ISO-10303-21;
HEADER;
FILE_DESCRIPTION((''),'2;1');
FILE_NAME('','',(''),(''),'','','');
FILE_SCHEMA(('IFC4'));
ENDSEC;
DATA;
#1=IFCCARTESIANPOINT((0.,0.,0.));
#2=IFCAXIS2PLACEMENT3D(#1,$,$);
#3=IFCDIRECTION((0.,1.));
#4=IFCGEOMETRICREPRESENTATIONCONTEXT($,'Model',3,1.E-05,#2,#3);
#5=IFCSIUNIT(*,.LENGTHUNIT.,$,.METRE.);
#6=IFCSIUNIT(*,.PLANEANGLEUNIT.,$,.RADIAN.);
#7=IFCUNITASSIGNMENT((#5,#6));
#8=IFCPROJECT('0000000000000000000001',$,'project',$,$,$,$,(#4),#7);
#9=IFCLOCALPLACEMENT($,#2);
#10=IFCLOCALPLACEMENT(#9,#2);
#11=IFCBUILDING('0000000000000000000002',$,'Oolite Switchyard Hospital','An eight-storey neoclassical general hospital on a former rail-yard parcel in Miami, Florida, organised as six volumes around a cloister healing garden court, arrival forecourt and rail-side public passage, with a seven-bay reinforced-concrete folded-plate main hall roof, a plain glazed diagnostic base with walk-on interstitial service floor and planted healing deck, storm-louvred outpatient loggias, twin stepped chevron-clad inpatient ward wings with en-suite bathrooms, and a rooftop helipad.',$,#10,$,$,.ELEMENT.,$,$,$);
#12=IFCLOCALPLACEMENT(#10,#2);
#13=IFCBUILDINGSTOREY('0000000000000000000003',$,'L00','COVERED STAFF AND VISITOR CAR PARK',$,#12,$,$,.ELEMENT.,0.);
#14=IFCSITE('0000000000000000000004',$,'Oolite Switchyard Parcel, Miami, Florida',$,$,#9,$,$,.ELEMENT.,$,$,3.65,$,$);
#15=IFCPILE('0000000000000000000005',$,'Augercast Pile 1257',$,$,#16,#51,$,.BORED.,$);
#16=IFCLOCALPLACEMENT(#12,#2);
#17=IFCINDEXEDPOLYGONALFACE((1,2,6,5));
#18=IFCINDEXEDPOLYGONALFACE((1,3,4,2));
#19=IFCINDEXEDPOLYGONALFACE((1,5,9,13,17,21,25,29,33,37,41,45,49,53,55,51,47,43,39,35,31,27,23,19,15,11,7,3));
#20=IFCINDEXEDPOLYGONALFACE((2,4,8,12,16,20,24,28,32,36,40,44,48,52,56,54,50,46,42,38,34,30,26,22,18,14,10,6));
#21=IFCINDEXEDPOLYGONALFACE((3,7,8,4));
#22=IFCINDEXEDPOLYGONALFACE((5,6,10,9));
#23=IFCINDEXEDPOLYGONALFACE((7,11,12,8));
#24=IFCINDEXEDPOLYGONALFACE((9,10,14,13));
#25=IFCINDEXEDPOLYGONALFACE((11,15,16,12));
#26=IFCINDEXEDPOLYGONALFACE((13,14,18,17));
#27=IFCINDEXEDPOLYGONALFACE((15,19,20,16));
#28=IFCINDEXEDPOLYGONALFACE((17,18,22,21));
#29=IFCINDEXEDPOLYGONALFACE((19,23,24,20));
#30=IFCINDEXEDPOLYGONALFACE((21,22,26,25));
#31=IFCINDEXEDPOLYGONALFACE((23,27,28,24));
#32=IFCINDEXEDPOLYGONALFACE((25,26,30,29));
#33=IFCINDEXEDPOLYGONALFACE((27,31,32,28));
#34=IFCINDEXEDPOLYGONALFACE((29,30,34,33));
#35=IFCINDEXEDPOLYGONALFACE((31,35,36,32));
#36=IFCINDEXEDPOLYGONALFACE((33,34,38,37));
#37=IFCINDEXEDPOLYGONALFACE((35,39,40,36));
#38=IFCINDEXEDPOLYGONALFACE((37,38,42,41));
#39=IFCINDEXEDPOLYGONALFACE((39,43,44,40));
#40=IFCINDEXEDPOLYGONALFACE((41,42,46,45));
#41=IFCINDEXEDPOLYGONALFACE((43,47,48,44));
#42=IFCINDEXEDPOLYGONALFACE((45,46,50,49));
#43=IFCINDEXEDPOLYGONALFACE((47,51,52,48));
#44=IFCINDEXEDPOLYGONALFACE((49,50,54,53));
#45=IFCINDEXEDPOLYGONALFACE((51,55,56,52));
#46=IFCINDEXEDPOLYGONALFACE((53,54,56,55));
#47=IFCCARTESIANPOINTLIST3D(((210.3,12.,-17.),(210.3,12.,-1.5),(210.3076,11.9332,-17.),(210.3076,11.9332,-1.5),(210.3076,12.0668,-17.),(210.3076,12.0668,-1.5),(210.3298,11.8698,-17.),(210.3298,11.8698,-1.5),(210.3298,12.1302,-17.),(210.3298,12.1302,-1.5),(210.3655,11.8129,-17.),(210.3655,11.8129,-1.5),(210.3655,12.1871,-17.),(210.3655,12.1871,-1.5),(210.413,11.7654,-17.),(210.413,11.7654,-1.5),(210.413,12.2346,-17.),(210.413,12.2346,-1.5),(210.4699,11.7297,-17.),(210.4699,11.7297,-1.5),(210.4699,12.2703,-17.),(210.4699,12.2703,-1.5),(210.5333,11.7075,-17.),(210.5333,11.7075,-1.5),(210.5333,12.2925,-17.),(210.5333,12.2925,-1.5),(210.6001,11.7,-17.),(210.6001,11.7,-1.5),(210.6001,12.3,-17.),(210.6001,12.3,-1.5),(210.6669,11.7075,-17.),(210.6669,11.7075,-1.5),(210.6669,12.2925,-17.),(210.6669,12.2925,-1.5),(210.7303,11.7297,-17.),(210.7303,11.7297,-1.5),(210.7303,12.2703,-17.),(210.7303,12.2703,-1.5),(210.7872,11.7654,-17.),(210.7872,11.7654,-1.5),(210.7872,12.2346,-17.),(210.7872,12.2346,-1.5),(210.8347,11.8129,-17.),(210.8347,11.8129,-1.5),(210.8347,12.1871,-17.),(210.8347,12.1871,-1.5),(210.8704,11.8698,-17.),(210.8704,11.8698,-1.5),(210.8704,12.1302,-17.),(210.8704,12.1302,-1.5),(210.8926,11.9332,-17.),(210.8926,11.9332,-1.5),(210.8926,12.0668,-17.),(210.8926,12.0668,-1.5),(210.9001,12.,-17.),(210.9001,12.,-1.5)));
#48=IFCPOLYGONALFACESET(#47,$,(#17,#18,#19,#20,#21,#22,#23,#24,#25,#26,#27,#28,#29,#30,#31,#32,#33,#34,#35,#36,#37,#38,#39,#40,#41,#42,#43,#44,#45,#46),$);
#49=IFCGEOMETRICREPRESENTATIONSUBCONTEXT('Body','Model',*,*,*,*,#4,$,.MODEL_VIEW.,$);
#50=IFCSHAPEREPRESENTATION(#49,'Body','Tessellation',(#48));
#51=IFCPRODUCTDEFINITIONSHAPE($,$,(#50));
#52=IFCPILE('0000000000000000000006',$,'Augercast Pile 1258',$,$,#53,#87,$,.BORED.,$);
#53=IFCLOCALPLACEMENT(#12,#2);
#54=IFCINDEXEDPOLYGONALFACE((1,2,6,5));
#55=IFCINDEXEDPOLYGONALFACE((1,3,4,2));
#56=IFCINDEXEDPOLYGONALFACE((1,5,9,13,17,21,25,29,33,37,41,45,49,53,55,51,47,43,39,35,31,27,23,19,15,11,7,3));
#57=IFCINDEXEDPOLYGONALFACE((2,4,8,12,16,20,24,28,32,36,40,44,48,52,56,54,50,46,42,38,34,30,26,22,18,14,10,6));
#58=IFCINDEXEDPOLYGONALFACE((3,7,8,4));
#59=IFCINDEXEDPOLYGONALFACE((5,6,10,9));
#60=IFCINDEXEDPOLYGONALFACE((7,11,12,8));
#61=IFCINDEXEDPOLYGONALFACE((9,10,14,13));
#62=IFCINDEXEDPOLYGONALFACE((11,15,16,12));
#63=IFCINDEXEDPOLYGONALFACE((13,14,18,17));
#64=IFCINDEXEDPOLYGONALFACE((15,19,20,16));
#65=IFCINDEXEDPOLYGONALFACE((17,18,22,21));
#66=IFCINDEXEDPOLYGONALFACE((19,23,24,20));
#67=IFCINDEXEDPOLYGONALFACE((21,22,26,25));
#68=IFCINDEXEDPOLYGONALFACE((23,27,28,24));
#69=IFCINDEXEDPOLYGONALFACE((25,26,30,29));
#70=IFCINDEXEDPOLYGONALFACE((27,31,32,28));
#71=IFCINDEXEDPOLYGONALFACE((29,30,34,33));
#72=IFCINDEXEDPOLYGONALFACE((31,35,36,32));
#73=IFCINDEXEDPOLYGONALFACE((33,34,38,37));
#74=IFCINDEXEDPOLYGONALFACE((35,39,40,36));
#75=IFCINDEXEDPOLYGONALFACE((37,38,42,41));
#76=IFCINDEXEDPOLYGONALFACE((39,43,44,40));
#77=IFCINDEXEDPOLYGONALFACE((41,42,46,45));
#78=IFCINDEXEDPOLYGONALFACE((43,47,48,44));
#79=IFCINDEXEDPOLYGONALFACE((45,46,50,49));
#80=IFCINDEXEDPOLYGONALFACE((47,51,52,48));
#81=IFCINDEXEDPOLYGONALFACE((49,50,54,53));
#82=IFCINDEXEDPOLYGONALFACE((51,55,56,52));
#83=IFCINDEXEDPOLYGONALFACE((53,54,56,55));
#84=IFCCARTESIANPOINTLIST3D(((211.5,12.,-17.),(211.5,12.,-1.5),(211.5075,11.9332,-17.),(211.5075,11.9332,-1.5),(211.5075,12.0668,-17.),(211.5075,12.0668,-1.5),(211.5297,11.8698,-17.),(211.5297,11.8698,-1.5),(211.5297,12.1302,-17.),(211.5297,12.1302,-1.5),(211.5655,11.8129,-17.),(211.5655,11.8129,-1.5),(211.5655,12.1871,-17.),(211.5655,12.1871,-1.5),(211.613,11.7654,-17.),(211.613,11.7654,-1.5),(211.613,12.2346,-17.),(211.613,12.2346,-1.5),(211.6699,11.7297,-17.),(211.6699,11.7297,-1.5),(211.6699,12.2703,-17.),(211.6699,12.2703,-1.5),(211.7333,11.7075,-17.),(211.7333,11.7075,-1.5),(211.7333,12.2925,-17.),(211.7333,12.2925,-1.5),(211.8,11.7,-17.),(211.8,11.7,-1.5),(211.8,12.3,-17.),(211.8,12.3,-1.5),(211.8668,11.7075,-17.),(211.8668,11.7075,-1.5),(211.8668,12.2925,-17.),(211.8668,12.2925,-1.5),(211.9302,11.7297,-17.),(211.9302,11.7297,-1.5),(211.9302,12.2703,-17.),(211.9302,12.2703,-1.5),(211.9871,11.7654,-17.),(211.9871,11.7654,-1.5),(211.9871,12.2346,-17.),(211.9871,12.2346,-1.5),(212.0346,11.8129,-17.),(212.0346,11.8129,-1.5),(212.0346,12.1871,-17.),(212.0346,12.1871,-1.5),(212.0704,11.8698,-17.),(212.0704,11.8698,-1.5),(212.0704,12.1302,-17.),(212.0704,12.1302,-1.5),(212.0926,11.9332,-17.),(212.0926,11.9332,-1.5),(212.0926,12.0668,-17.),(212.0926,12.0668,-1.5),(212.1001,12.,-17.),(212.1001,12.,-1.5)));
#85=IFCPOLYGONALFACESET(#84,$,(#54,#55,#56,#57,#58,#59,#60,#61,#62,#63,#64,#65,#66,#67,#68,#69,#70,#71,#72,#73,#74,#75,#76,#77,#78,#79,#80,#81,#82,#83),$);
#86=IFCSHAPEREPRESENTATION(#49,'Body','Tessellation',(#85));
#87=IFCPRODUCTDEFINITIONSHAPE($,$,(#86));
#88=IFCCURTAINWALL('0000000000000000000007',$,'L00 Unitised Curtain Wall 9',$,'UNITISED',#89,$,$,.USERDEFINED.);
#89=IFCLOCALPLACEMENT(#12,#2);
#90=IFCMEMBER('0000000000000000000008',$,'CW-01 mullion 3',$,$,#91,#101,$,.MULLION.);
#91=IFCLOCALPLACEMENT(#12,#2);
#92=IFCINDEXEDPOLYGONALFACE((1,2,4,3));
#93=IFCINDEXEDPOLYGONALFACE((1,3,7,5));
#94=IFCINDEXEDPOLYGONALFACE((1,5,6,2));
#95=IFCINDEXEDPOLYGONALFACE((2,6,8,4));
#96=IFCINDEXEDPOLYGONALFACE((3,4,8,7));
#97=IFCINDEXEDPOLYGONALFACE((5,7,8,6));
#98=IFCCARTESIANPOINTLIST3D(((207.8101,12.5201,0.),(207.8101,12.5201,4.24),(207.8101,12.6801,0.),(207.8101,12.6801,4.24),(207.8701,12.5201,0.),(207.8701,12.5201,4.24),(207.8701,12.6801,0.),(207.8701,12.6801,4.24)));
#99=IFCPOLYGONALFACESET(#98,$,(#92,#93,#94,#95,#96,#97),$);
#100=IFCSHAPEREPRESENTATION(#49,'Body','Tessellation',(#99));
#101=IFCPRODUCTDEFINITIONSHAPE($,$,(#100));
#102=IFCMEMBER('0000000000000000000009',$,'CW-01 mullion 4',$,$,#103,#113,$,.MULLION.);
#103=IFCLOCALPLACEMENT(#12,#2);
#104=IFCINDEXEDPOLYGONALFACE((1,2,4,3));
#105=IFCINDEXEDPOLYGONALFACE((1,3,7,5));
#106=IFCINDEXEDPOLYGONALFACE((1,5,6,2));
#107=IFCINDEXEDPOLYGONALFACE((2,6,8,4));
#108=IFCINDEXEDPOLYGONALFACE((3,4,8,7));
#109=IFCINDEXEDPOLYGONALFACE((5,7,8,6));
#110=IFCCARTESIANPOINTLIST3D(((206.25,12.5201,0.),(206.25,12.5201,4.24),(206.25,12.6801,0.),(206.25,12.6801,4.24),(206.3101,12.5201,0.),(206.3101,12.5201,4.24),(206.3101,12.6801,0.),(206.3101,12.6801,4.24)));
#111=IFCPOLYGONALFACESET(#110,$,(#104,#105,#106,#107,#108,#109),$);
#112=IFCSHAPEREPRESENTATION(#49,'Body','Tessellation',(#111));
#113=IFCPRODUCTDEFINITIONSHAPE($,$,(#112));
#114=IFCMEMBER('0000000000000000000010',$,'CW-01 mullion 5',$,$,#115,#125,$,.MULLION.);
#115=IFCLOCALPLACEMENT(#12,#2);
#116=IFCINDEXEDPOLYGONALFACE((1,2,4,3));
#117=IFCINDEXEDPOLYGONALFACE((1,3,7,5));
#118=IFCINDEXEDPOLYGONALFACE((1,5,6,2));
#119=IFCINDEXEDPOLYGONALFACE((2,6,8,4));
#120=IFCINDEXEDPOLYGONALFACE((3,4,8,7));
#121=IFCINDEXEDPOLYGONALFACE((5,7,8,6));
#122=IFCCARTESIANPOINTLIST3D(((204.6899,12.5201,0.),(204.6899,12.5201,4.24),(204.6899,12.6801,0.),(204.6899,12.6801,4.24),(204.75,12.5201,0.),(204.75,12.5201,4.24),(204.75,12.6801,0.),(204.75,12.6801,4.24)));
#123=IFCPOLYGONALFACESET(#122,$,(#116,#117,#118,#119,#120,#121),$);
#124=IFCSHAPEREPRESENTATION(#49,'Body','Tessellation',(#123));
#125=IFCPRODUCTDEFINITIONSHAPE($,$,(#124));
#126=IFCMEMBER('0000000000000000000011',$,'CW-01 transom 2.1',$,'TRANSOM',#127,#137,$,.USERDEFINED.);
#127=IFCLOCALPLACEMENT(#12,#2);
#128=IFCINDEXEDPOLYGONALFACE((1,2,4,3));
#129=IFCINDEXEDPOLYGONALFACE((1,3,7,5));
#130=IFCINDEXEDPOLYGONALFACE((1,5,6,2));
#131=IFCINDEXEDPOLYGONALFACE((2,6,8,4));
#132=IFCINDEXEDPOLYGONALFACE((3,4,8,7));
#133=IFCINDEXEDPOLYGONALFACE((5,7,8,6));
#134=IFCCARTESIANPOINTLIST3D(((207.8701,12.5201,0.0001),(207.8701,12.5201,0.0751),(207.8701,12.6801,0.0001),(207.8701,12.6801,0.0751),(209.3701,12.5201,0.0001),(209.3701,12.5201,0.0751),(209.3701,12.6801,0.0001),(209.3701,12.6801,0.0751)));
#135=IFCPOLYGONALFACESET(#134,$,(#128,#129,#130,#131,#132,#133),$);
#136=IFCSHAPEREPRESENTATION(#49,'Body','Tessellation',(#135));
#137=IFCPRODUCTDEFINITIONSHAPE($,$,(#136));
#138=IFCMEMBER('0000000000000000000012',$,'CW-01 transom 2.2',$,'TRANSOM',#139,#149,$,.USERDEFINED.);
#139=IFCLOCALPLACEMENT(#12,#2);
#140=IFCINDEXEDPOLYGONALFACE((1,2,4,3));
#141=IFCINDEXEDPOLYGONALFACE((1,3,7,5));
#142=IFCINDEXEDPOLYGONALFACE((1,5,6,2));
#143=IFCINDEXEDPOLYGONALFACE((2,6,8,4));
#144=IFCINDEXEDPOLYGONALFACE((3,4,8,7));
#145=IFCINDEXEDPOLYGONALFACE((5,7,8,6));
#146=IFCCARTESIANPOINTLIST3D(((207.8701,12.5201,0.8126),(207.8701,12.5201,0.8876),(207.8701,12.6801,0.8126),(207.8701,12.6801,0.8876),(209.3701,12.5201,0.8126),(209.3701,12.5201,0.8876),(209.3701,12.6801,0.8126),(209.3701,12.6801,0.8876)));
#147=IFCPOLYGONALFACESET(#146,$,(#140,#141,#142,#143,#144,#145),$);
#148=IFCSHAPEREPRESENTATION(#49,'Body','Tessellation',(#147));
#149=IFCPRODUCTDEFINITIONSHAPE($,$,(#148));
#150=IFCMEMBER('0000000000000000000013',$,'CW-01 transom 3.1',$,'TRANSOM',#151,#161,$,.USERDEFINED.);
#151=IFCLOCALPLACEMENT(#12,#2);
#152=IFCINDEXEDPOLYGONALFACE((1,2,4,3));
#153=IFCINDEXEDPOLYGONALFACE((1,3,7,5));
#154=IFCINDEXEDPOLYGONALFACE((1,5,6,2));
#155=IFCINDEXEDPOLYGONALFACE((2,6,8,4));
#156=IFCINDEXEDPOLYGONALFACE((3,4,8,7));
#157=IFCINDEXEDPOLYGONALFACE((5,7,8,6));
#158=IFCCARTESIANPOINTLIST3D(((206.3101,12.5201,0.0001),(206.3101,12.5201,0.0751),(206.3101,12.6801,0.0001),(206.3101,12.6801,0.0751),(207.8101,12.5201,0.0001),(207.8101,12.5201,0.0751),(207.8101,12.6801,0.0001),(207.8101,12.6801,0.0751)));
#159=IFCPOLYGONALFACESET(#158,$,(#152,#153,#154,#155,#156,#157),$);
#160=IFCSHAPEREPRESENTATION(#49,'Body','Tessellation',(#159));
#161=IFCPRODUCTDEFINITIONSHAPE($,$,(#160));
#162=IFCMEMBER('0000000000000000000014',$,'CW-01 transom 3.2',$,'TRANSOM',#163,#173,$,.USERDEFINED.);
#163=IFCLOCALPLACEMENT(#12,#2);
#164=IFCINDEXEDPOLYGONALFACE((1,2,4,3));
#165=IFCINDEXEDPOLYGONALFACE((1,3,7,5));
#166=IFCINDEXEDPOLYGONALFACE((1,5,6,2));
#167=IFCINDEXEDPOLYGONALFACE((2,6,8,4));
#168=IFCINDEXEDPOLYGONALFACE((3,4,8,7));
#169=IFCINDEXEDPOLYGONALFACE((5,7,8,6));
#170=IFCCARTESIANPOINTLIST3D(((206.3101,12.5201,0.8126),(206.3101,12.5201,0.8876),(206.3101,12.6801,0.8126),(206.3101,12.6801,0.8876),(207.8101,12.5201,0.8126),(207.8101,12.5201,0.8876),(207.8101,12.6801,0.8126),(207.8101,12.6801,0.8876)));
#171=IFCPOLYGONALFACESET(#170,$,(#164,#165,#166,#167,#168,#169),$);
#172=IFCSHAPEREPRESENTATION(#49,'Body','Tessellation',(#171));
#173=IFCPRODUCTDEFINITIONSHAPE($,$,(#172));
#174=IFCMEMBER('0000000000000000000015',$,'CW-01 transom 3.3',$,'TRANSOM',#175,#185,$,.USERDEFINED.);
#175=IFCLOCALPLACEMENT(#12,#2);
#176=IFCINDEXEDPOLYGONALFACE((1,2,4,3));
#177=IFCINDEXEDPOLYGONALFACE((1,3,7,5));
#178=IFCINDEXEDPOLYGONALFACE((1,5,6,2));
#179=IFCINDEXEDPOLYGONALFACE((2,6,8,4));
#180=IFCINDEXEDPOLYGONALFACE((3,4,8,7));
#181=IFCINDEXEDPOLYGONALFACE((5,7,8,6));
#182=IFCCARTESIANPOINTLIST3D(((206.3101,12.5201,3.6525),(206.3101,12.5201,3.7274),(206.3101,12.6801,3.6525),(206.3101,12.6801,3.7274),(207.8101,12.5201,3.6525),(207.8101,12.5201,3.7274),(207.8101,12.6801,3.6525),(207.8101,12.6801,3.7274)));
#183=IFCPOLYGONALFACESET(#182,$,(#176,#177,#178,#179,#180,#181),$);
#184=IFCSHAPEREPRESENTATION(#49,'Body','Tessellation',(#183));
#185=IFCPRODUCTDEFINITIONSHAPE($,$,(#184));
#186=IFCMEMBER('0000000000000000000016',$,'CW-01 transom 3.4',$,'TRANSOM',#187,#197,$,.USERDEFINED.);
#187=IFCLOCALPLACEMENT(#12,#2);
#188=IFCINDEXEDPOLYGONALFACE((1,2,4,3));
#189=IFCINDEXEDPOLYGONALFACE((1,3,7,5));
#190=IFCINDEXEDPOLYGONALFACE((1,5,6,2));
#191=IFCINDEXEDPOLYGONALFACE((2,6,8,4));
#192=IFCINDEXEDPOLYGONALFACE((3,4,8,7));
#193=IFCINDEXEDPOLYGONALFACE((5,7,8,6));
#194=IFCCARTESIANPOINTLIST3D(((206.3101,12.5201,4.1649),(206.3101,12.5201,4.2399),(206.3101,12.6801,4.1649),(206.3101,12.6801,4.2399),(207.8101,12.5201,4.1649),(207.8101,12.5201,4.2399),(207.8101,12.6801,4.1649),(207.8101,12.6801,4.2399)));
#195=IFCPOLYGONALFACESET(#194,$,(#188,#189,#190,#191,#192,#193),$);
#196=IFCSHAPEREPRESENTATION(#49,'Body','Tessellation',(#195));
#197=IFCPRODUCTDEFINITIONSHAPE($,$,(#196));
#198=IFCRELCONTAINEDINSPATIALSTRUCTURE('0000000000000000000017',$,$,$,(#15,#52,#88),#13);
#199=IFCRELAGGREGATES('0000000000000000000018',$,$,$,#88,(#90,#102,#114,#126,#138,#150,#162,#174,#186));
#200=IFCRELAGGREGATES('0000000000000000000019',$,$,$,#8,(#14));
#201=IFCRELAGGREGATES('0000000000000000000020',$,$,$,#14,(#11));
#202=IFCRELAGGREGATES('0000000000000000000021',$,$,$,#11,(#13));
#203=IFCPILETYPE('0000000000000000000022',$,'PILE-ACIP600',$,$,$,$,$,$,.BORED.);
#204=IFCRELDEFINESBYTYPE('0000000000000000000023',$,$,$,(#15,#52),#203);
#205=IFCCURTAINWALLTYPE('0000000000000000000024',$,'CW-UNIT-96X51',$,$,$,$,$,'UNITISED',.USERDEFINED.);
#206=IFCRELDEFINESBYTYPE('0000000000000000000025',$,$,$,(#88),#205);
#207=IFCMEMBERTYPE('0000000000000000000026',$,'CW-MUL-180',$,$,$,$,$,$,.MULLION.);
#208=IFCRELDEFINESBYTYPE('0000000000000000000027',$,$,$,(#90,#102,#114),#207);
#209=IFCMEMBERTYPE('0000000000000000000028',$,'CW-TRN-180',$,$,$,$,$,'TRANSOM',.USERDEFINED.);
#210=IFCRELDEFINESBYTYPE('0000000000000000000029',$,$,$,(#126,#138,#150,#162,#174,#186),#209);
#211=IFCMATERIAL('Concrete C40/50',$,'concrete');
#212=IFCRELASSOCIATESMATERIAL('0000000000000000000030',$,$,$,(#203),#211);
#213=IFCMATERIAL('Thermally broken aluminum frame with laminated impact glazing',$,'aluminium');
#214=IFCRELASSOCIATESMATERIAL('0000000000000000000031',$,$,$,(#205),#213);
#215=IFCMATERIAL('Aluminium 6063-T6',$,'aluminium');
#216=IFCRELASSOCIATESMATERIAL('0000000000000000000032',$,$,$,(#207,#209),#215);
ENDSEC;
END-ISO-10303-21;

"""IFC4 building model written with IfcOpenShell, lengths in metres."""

from ifc_helpers import new_model, si_unit, direction, frame, origin, origin_2d, place, context, subcontext, project, spatial, rectangle, circle, extrude, material, material_profile, profile_set, type_object, element, aggregate, save


model = new_model("IFC4")

# Units and contexts
model_context = context("Model", 3, precision=1e-05, world=origin(), true_north=direction((0.0, 1.0)))
body_context = subcontext(model_context, "Body", "Model", "MODEL_VIEW")
ifc_project = project(units=[si_unit("LENGTHUNIT", "METRE"), si_unit("PLANEANGLEUNIT", "RADIAN")], contexts=[model_context])

# Site, building, storey
site_placement = place(None, origin())
site = spatial("IfcSite", under=ifc_project, at=site_placement, Name="Oolite Switchyard Parcel, Miami, Florida", CompositionType="ELEMENT", RefElevation=3.65)
building_placement = place(site_placement, origin())
building = spatial("IfcBuilding", under=site, at=building_placement, Name="Oolite Switchyard Hospital", Description="An eight-storey neoclassical general hospital on a former rail-yard parcel in Miami, Florida, organised as six volumes around a cloister healing garden court, arrival forecourt and rail-side public passage, with a seven-bay reinforced-concrete folded-plate main hall roof, a plain glazed diagnostic base with walk-on interstitial service floor and planted healing deck, storm-louvred outpatient loggias, twin stepped chevron-clad inpatient ward wings with en-suite bathrooms, and a rooftop helipad.", CompositionType="ELEMENT")
storey_placement = place(building_placement, origin())
storey = spatial("IfcBuildingStorey", under=building, at=storey_placement, Name="L00", Description="COVERED STAFF AND VISITOR CAR PARK", CompositionType="ELEMENT", Elevation=0.0)

# Piles
ifc_material_1 = material(Name="Concrete C40/50", Category="concrete")
ifc_material_profile_1 = material_profile(ifc_material_1, circle(Radius=0.3, at=origin_2d()), Name="PILE600")
ifc_profile_set_1 = profile_set([ifc_material_profile_1], Name="Concrete C40/50")
pile_type = type_object("IfcPileType", Name="PILE-ACIP600", PredefinedType="BORED", material=ifc_profile_set_1)
for number, where, z_axis, x_axis, name in (
    (1, (210.6001, 12.0, -1.5), (0.0, 0.0, -1.0), (1.0, 0.0, 0.0), "Augercast Pile 1257"),
    (2, (211.8, 12.0, -1.5), (0.0, 0.0, -1.0), (1.0, 0.0, 0.0), "Augercast Pile 1258"),
):
    element("IfcPile", number, at=place(storey_placement, frame(where, z_axis=z_axis, x_axis=x_axis)), inside=storey, type_object=pile_type, Name=name, PredefinedType="BORED", context=body_context, shape_type="SweptSolid", body=[
        extrude(circle(Radius=0.3, at=origin_2d()), origin(), (0.0, 0.0, 1.0), 15.5),
    ])

# Curtain wall, members
ifc_material_2 = material(Name="Thermally broken aluminum frame with laminated impact glazing", Category="aluminium")
curtain_wall_type = type_object("IfcCurtainWallType", Name="CW-UNIT-96X51", ElementType="UNITISED", PredefinedType="USERDEFINED", material=ifc_material_2)
curtain_wall_placement = place(storey_placement, origin())
curtain_wall = element("IfcCurtainWall", 3, at=curtain_wall_placement, inside=storey, type_object=curtain_wall_type, Name="L00 Unitised Curtain Wall 9", ObjectType="UNITISED", PredefinedType="USERDEFINED")
ifc_material_3 = material(Name="Aluminium 6063-T6", Category="aluminium")
ifc_material_profile_2 = material_profile(ifc_material_3, rectangle(XDim=0.1599, YDim=0.0601, at=origin_2d()), Name="CWM60X160")
ifc_profile_set_2 = profile_set([ifc_material_profile_2], Name="Aluminium 6063-T6")
member_type_1 = type_object("IfcMemberType", Name="CW-MUL-180", PredefinedType="MULLION", material=ifc_profile_set_2)
member_1_placement = place(storey_placement, frame((207.8401, 12.6001, 0.0), z_axis=(0.0, 0.0, 1.0), x_axis=(0.0, -1.0, 0.0)))
member_1 = element("IfcMember", 4, at=member_1_placement, type_object=member_type_1, Name="CW-01 mullion 3", PredefinedType="MULLION", context=body_context, shape_type="SweptSolid", body=[
    extrude(rectangle(XDim=0.1599, YDim=0.0601, at=origin_2d()), origin(), (0.0, 0.0, 1.0), 4.24),
])
member_2_placement = place(storey_placement, frame((206.28, 12.6001, 0.0), z_axis=(0.0, 0.0, 1.0), x_axis=(0.0, -1.0, 0.0)))
member_2 = element("IfcMember", 5, at=member_2_placement, type_object=member_type_1, Name="CW-01 mullion 4", PredefinedType="MULLION", context=body_context, shape_type="SweptSolid", body=[
    extrude(rectangle(XDim=0.1599, YDim=0.0601, at=origin_2d()), origin(), (0.0, 0.0, 1.0), 4.24),
])
member_3_placement = place(storey_placement, frame((204.72, 12.6001, 0.0), z_axis=(0.0, 0.0, 1.0), x_axis=(0.0, -1.0, 0.0)))
member_3 = element("IfcMember", 6, at=member_3_placement, type_object=member_type_1, Name="CW-01 mullion 5", PredefinedType="MULLION", context=body_context, shape_type="SweptSolid", body=[
    extrude(rectangle(XDim=0.1599, YDim=0.0601, at=origin_2d()), origin(), (0.0, 0.0, 1.0), 4.24),
])
ifc_material_profile_3 = material_profile(ifc_material_3, rectangle(XDim=0.1599, YDim=0.075, at=origin_2d()), Name="CWT75X160")
ifc_profile_set_3 = profile_set([ifc_material_profile_3], Name="Aluminium 6063-T6")
member_type_2 = type_object("IfcMemberType", Name="CW-TRN-180", ElementType="TRANSOM", PredefinedType="USERDEFINED", material=ifc_profile_set_3)
member_4_placement = place(storey_placement, frame((209.3701, 12.6001, 0.0376), z_axis=(-1.0, 0.0, 0.0), x_axis=(0.0, -1.0, 0.0)))
member_4 = element("IfcMember", 7, at=member_4_placement, type_object=member_type_2, Name="CW-01 transom 2.1", ObjectType="TRANSOM", PredefinedType="USERDEFINED", context=body_context, shape_type="SweptSolid", body=[
    extrude(rectangle(XDim=0.1599, YDim=0.075, at=origin_2d()), origin(), (0.0, 0.0, 1.0), 1.5),
])
member_5_placement = place(storey_placement, frame((209.3701, 12.6001, 0.8501), z_axis=(-1.0, 0.0, 0.0), x_axis=(0.0, -1.0, 0.0)))
member_5 = element("IfcMember", 8, at=member_5_placement, type_object=member_type_2, Name="CW-01 transom 2.2", ObjectType="TRANSOM", PredefinedType="USERDEFINED", context=body_context, shape_type="SweptSolid", body=[
    extrude(rectangle(XDim=0.1599, YDim=0.075, at=origin_2d()), origin(), (0.0, 0.0, 1.0), 1.5),
])
member_6_placement = place(storey_placement, frame((207.8101, 12.6001, 0.0376), z_axis=(-1.0, 0.0, 0.0), x_axis=(0.0, -1.0, 0.0)))
member_6 = element("IfcMember", 9, at=member_6_placement, type_object=member_type_2, Name="CW-01 transom 3.1", ObjectType="TRANSOM", PredefinedType="USERDEFINED", context=body_context, shape_type="SweptSolid", body=[
    extrude(rectangle(XDim=0.1599, YDim=0.075, at=origin_2d()), origin(), (0.0, 0.0, 1.0), 1.5),
])
member_7_placement = place(storey_placement, frame((207.8101, 12.6001, 0.8501), z_axis=(-1.0, 0.0, 0.0), x_axis=(0.0, -1.0, 0.0)))
member_7 = element("IfcMember", 10, at=member_7_placement, type_object=member_type_2, Name="CW-01 transom 3.2", ObjectType="TRANSOM", PredefinedType="USERDEFINED", context=body_context, shape_type="SweptSolid", body=[
    extrude(rectangle(XDim=0.1599, YDim=0.075, at=origin_2d()), origin(), (0.0, 0.0, 1.0), 1.5),
])
member_8_placement = place(storey_placement, frame((207.8101, 12.6001, 3.6899), z_axis=(-1.0, 0.0, 0.0), x_axis=(0.0, -1.0, 0.0)))
member_8 = element("IfcMember", 11, at=member_8_placement, type_object=member_type_2, Name="CW-01 transom 3.3", ObjectType="TRANSOM", PredefinedType="USERDEFINED", context=body_context, shape_type="SweptSolid", body=[
    extrude(rectangle(XDim=0.1599, YDim=0.075, at=origin_2d()), origin(), (0.0, 0.0, 1.0), 1.5),
])
member_9_placement = place(storey_placement, frame((207.8101, 12.6001, 4.2024), z_axis=(-1.0, 0.0, 0.0), x_axis=(0.0, -1.0, 0.0)))
member_9 = element("IfcMember", 12, at=member_9_placement, type_object=member_type_2, Name="CW-01 transom 3.4", ObjectType="TRANSOM", PredefinedType="USERDEFINED", context=body_context, shape_type="SweptSolid", body=[
    extrude(rectangle(XDim=0.1599, YDim=0.075, at=origin_2d()), origin(), (0.0, 0.0, 1.0), 1.5),
])
aggregate(curtain_wall, [member_1, member_2, member_3, member_4, member_5, member_6, member_7, member_8, member_9])

save(model, "model.ifc")
